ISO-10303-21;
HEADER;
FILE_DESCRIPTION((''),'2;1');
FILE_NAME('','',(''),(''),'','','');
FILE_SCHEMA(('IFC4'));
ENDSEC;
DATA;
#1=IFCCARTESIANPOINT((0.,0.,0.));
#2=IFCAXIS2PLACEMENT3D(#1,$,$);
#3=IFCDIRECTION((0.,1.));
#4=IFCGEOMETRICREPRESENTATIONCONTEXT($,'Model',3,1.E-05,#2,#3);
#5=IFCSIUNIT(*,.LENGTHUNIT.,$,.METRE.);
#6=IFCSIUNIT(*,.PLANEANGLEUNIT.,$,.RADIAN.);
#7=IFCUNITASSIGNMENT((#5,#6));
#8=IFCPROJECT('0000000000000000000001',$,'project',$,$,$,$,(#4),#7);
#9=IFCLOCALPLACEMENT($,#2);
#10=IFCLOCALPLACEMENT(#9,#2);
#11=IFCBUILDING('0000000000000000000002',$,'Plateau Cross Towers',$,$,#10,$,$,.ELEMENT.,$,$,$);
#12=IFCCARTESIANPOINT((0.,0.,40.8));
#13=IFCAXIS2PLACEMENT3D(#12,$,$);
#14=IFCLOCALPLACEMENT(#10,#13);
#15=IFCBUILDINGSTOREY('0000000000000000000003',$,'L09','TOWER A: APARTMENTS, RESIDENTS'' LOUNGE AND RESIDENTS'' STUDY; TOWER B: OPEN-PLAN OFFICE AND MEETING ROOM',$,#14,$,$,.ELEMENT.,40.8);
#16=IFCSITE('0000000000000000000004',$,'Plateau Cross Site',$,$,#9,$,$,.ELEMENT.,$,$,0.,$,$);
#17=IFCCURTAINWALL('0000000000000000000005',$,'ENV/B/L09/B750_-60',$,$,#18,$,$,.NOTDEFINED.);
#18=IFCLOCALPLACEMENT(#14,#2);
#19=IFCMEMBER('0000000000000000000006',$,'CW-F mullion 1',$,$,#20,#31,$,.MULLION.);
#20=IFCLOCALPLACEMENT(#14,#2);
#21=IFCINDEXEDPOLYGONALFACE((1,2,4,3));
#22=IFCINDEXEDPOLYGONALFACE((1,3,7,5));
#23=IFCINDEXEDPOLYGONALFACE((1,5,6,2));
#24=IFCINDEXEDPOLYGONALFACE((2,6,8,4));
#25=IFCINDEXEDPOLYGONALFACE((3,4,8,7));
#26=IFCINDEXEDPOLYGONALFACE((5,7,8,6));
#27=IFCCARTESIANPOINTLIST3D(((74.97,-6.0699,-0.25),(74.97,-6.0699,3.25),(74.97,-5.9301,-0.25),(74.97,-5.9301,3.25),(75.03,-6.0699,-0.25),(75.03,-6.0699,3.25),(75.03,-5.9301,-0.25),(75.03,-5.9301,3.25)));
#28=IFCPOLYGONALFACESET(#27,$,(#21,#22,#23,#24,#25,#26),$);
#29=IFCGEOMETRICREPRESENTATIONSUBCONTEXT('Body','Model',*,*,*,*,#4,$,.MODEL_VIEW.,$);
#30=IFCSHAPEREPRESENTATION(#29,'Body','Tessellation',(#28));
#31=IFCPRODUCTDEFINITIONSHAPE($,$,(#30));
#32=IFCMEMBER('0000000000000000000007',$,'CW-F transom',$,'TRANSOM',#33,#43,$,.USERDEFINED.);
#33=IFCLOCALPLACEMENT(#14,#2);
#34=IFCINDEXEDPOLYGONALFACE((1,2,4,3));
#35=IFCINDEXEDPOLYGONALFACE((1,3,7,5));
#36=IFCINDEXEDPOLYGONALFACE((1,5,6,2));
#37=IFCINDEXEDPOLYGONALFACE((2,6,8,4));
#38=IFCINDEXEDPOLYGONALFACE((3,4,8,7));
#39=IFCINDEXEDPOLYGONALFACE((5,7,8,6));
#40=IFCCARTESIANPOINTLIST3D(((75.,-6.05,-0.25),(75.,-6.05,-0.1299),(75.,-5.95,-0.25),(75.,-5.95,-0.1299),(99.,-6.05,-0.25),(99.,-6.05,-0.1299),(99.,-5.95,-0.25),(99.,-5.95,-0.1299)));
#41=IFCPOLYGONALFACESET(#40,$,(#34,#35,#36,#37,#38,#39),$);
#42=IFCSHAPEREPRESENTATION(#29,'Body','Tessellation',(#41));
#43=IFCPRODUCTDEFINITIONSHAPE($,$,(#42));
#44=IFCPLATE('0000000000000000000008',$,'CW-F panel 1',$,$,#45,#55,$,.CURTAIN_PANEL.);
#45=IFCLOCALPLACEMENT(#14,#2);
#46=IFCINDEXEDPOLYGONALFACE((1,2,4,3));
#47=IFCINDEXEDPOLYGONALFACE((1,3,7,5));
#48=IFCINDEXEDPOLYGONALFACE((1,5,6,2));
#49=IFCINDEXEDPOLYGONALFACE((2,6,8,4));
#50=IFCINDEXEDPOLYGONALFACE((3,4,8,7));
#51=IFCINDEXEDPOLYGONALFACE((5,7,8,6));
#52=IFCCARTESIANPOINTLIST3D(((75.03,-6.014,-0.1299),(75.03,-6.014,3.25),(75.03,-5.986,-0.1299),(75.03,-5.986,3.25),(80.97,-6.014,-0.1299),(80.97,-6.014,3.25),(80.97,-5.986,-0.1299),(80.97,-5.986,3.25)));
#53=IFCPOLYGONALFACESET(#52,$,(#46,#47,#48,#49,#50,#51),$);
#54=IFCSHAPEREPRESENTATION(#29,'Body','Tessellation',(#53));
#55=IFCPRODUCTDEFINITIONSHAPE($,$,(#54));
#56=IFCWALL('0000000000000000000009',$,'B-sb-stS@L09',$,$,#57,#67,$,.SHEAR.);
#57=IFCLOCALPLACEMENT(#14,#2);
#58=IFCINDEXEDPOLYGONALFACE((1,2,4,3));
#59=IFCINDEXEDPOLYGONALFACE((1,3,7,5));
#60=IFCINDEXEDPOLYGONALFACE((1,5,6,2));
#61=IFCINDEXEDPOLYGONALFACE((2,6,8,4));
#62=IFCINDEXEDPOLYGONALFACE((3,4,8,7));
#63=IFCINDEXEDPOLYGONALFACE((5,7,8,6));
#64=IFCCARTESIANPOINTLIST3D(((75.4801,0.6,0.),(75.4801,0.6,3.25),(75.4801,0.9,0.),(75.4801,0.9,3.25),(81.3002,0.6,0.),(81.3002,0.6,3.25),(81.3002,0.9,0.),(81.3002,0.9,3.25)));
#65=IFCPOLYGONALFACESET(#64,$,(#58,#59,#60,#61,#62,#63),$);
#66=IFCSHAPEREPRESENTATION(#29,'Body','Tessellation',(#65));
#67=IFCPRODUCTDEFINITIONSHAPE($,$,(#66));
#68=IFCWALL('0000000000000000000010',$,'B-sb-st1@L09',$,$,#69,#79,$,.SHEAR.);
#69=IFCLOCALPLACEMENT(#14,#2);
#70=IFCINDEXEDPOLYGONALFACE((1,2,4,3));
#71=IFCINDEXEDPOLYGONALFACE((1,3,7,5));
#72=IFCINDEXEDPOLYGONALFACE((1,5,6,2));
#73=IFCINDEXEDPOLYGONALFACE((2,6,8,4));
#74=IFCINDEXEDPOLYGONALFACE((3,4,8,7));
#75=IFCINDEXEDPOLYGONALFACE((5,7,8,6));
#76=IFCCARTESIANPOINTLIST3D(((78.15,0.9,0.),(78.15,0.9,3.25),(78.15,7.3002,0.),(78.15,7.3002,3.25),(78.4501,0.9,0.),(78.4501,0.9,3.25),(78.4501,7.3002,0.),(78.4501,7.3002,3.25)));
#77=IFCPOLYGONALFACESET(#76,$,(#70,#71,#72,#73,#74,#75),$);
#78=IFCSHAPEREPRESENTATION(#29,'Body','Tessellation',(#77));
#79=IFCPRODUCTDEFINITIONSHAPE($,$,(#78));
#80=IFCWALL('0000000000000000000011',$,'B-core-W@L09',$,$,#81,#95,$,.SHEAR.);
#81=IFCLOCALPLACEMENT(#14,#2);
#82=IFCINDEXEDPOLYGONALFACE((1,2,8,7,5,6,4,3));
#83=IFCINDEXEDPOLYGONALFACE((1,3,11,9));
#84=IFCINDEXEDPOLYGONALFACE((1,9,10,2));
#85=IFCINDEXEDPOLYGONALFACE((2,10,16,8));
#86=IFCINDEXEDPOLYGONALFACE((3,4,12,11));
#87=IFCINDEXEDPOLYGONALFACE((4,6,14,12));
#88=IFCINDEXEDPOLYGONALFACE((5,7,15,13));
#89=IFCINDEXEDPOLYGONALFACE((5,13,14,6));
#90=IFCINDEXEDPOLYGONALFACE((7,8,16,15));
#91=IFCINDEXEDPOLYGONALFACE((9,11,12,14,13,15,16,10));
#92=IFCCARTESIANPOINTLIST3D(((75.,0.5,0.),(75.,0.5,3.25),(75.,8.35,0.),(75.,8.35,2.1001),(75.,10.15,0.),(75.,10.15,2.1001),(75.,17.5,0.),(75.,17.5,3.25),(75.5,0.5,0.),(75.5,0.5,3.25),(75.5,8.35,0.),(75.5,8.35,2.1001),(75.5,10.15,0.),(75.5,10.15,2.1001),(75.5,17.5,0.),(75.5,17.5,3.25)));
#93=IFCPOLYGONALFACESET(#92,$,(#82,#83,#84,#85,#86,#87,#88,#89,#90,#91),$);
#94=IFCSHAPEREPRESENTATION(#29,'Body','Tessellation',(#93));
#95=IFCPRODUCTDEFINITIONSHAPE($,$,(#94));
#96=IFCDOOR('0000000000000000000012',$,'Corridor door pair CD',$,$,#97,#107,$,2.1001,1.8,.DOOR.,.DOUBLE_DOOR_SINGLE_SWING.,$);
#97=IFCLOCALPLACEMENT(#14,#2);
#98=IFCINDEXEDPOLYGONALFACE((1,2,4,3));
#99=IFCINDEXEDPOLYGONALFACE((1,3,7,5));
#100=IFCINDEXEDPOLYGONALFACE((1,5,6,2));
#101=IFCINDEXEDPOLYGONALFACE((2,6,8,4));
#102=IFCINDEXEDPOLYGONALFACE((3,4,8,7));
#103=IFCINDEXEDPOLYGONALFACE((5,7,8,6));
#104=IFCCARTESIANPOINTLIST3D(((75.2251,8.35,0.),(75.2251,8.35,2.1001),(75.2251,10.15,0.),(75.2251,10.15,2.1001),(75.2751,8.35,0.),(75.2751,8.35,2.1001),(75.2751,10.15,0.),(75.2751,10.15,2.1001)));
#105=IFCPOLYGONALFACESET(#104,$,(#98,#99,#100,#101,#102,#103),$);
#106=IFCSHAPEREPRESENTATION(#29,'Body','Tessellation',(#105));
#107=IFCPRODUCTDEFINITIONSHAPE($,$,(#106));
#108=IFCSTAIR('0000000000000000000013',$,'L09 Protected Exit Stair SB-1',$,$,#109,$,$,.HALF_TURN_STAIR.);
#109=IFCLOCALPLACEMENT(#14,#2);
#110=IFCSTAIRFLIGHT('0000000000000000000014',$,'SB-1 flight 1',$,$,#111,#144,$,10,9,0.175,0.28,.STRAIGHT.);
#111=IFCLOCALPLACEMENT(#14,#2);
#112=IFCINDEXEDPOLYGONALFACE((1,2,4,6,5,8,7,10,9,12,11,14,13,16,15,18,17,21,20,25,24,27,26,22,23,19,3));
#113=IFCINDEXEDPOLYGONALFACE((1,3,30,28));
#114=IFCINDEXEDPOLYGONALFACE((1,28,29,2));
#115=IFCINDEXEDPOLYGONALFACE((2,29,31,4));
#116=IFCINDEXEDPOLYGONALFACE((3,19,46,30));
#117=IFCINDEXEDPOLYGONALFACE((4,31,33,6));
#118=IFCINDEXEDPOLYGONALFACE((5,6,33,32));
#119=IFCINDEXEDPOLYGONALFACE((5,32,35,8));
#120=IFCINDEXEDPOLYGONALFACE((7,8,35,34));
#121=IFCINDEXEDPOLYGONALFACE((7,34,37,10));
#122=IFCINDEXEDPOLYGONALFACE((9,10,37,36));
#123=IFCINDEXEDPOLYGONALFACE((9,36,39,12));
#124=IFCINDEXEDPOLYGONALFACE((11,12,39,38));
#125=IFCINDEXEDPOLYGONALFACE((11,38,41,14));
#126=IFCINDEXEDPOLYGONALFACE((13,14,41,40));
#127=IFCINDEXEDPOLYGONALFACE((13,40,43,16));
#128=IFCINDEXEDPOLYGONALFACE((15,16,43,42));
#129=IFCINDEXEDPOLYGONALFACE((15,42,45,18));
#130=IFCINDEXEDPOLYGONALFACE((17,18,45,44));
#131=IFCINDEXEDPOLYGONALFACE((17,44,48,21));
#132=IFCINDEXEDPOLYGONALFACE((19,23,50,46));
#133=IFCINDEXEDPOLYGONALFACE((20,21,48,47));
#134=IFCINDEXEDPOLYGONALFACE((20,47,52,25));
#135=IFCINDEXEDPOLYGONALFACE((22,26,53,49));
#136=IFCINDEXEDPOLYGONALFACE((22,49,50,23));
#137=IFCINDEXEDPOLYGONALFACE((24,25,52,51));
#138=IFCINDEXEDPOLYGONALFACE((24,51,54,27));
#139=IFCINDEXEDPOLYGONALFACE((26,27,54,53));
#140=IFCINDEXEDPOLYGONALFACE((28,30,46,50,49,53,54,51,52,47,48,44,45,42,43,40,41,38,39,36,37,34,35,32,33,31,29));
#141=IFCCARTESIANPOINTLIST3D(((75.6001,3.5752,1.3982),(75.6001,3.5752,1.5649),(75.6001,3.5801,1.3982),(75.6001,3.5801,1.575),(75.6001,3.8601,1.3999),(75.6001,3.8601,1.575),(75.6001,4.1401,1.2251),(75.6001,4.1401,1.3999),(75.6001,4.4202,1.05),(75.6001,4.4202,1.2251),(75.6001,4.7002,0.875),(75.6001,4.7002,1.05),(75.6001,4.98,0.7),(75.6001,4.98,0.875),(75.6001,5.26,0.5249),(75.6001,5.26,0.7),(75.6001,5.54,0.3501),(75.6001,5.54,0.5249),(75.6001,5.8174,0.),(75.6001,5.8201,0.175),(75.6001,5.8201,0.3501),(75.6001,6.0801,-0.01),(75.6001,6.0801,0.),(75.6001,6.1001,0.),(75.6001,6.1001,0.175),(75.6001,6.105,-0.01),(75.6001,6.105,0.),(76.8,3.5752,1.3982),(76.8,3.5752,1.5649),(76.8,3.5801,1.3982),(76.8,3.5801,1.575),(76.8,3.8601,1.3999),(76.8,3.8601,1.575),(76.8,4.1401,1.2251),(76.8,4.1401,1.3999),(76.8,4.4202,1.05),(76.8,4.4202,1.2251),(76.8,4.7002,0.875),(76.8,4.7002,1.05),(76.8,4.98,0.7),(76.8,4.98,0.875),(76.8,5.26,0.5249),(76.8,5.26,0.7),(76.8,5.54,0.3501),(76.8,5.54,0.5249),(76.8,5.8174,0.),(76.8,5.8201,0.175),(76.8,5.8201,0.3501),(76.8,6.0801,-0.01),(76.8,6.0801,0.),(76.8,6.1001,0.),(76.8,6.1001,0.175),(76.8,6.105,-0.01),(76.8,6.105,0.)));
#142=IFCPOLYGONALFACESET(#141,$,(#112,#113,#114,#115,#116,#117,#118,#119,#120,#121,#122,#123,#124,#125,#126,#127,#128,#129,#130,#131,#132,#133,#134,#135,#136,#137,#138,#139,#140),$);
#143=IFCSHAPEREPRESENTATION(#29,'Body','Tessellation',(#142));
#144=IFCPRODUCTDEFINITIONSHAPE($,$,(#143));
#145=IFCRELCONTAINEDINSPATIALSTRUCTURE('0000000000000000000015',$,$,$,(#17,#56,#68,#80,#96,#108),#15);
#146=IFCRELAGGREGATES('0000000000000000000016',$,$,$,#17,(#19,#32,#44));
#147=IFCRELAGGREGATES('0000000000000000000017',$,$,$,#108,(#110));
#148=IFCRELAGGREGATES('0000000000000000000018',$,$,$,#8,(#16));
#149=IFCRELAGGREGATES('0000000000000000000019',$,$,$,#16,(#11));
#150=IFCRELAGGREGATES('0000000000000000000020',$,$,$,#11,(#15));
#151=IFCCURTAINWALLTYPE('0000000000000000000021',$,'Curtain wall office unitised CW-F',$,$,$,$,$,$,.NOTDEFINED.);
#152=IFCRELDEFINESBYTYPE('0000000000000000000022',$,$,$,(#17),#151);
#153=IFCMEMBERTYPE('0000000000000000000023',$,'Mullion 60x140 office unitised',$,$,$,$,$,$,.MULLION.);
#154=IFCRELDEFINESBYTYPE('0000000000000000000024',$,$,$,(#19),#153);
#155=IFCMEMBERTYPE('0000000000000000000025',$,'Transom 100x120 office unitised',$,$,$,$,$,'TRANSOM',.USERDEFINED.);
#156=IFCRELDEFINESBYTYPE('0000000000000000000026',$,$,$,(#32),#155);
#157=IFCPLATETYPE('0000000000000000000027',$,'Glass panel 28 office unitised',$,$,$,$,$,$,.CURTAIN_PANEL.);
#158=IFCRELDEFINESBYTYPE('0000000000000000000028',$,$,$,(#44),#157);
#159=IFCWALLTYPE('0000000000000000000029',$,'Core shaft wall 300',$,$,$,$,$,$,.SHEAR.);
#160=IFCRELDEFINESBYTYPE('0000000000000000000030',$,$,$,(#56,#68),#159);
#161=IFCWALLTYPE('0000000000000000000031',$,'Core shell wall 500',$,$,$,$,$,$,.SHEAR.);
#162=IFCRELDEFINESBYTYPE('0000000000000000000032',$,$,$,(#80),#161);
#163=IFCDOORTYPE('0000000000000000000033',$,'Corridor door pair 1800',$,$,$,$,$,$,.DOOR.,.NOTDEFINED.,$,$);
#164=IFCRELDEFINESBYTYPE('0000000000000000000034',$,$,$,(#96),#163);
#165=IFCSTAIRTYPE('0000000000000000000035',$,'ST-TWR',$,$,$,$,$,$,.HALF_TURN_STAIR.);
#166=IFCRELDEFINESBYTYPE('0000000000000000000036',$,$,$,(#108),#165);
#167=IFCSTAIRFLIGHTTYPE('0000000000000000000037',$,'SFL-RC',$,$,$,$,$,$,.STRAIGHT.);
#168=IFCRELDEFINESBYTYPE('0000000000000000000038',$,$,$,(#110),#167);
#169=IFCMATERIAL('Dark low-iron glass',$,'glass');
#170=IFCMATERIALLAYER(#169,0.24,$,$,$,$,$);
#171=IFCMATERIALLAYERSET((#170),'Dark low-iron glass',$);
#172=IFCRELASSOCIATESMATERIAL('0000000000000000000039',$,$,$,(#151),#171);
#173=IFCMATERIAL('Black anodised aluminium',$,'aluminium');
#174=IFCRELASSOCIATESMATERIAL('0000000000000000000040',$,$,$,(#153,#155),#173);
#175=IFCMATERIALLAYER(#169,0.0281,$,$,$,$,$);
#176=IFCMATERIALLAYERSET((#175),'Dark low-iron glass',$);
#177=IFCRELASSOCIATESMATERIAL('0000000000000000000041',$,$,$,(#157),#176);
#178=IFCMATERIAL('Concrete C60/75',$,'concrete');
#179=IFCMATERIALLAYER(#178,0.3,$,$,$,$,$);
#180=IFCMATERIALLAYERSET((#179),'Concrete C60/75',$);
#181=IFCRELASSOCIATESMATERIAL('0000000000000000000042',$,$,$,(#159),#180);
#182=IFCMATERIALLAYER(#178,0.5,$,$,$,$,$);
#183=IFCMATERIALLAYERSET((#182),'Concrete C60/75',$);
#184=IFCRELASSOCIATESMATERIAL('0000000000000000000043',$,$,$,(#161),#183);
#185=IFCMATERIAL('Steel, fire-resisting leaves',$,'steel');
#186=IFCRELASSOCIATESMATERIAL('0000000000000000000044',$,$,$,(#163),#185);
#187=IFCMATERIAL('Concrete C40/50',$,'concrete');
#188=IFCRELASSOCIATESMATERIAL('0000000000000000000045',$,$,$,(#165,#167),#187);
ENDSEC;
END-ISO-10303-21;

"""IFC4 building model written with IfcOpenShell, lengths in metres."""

from ifc_helpers import new_model, si_unit, direction, frame, frame_2d, origin, origin_2d, place, context, subcontext, project, spatial, polyline, rectangle, outline, extrude, material, layer, layer_set, material_profile, profile_set, type_object, element, fill, aggregate, save


model = new_model("IFC4")

# Units and contexts
model_context = context("Model", 3, precision=1e-05, world=origin(), true_north=direction((0.0, 1.0)))
body_context = subcontext(model_context, "Body", "Model", "MODEL_VIEW")
ifc_project = project(units=[si_unit("LENGTHUNIT", "METRE"), si_unit("PLANEANGLEUNIT", "RADIAN")], contexts=[model_context])

# Site, building, storey
site_placement = place(None, origin())
site = spatial("IfcSite", under=ifc_project, at=site_placement, Name="Plateau Cross Site", CompositionType="ELEMENT", RefElevation=0.0)
building_placement = place(site_placement, origin())
building = spatial("IfcBuilding", under=site, at=building_placement, Name="Plateau Cross Towers", CompositionType="ELEMENT")
storey_placement = place(building_placement, frame((0.0, 0.0, 40.8)))
storey = spatial("IfcBuildingStorey", under=building, at=storey_placement, Name="L09", Description="TOWER A: APARTMENTS, RESIDENTS' LOUNGE AND RESIDENTS' STUDY; TOWER B: OPEN-PLAN OFFICE AND MEETING ROOM", CompositionType="ELEMENT", Elevation=40.8)

# Curtain wall, members, plate
ifc_material_1 = material(Name="Dark low-iron glass", Category="glass")
ifc_layer_1 = layer(ifc_material_1, 0.24)
ifc_layer_set_1 = layer_set([ifc_layer_1], Name="Dark low-iron glass")
curtain_wall_type = type_object("IfcCurtainWallType", Name="Curtain wall office unitised CW-F", PredefinedType="NOTDEFINED", material=ifc_layer_set_1)
curtain_wall_placement = place(storey_placement, origin())
curtain_wall = element("IfcCurtainWall", 1, at=curtain_wall_placement, inside=storey, type_object=curtain_wall_type, Name="ENV/B/L09/B750_-60", PredefinedType="NOTDEFINED")
ifc_material_2 = material(Name="Black anodised aluminium", Category="aluminium")
ifc_material_profile_1 = material_profile(ifc_material_2, rectangle(XDim=0.0601, YDim=0.1399, at=origin_2d()), Name="MULLION 60x140")
ifc_profile_set_1 = profile_set([ifc_material_profile_1], Name="Black anodised aluminium")
member_type_1 = type_object("IfcMemberType", Name="Mullion 60x140 office unitised", PredefinedType="MULLION", material=ifc_profile_set_1)
member_1_placement = place(storey_placement, frame((75.0, -6.0, -0.25), z_axis=(0.0, 0.0, 1.0), x_axis=(1.0, 0.0, 0.0)))
member_1 = element("IfcMember", 2, at=member_1_placement, type_object=member_type_1, Name="CW-F mullion 1", PredefinedType="MULLION", context=body_context, shape_type="SweptSolid", body=[
    extrude(rectangle(XDim=0.0601, YDim=0.1399, at=origin_2d()), origin(), (0.0, 0.0, 1.0), 3.5),
])
ifc_material_profile_2 = material_profile(ifc_material_2, rectangle(XDim=0.1001, YDim=0.1201, at=origin_2d()), Name="TRANSOM 100x120")
ifc_profile_set_2 = profile_set([ifc_material_profile_2], Name="Black anodised aluminium")
member_type_2 = type_object("IfcMemberType", Name="Transom 100x120 office unitised", ElementType="TRANSOM", PredefinedType="USERDEFINED", material=ifc_profile_set_2)
member_2_placement = place(storey_placement, frame((75.0, -6.0, -0.1899), z_axis=(1.0, 0.0, 0.0), x_axis=(0.0, 1.0, 0.0)))
member_2 = element("IfcMember", 3, at=member_2_placement, type_object=member_type_2, Name="CW-F transom", ObjectType="TRANSOM", PredefinedType="USERDEFINED", context=body_context, shape_type="SweptSolid", body=[
    extrude(rectangle(XDim=0.1001, YDim=0.1201, at=origin_2d()), origin(), (0.0, 0.0, 1.0), 24.0),
])
ifc_layer_2 = layer(ifc_material_1, 0.0281)
ifc_layer_set_2 = layer_set([ifc_layer_2], Name="Dark low-iron glass")
plate_type = type_object("IfcPlateType", Name="Glass panel 28 office unitised", PredefinedType="CURTAIN_PANEL", material=ifc_layer_set_2)
plate_placement = place(storey_placement, frame((78.0, -6.0, -0.1299), z_axis=(0.0, 0.0, 1.0), x_axis=(1.0, 0.0, 0.0)))
plate = element("IfcPlate", 4, at=plate_placement, type_object=plate_type, Name="CW-F panel 1", PredefinedType="CURTAIN_PANEL", context=body_context, shape_type="SweptSolid", body=[
    extrude(rectangle(XDim=5.9399, YDim=0.0281, at=origin_2d()), origin(), (0.0, 0.0, 1.0), 3.3799),
])
aggregate(curtain_wall, [member_1, member_2, plate])

# Walls
ifc_material_3 = material(Name="Concrete C60/75", Category="concrete")
ifc_layer_3 = layer(ifc_material_3, 0.3)
ifc_layer_set_3 = layer_set([ifc_layer_3], Name="Concrete C60/75")
wall_type_1 = type_object("IfcWallType", Name="Core shaft wall 300", PredefinedType="SHEAR", material=ifc_layer_set_3)
wall_1_placement = place(storey_placement, frame((75.48, 0.75, 0.0), z_axis=(0.0, 0.0, 1.0), x_axis=(1.0, 0.0, 0.0)))
element("IfcWall", 5, at=wall_1_placement, inside=storey, type_object=wall_type_1, Name="B-sb-stS@L09", PredefinedType="SHEAR", context=body_context, shape_type="SweptSolid", body=[
    extrude(rectangle(XDim=5.8201, YDim=0.3, at=frame_2d((2.9102, 0.0))), origin(), (0.0, 0.0, 1.0), 3.25),
])
wall_2_placement = place(storey_placement, frame((78.3, 0.8999, 0.0), z_axis=(0.0, 0.0, 1.0), x_axis=(0.0, 1.0, 0.0)))
element("IfcWall", 6, at=wall_2_placement, inside=storey, type_object=wall_type_1, Name="B-sb-st1@L09", PredefinedType="SHEAR", context=body_context, shape_type="SweptSolid", body=[
    extrude(rectangle(XDim=6.4001, YDim=0.3, at=frame_2d((3.2002, 0.0))), origin(), (0.0, 0.0, 1.0), 3.25),
])

# Wall, opening, door
ifc_layer_4 = layer(ifc_material_3, 0.5)
ifc_layer_set_4 = layer_set([ifc_layer_4], Name="Concrete C60/75")
wall_type_2 = type_object("IfcWallType", Name="Core shell wall 500", PredefinedType="SHEAR", material=ifc_layer_set_4)
wall_3_placement = place(storey_placement, frame((75.25, 0.5, 0.0), z_axis=(0.0, 0.0, 1.0), x_axis=(0.0, 1.0, 0.0)))
wall_3 = element("IfcWall", 7, at=wall_3_placement, inside=storey, type_object=wall_type_2, Name="B-core-W@L09", PredefinedType="SHEAR", context=body_context, shape_type="SweptSolid", body=[
    extrude(rectangle(XDim=17.0, YDim=0.5, at=frame_2d((8.5, 0.0))), origin(), (0.0, 0.0, 1.0), 3.25),
])
opening_1_placement = place(wall_3_placement, frame((7.8501, 0.0, 0.0)))
opening_1 = element("IfcOpeningElement", 8, at=opening_1_placement, cuts=wall_3, PredefinedType="OPENING", context=body_context, shape_type="SweptSolid", body=[
    extrude(rectangle(XDim=1.8, YDim=2.1001, at=frame_2d((0.8999, 1.05))), frame((0.0, 0.26, 0.0), z_axis=(0.0, -1.0, 0.0), x_axis=(1.0, 0.0, 0.0)), (0.0, 0.0, 1.0), 0.52),
])
ifc_material_4 = material(Name="Steel, fire-resisting leaves", Category="steel")
door_type_1 = type_object("IfcDoorType", Name="Corridor door pair 1800", OperationType="NOTDEFINED", PredefinedType="DOOR", material=ifc_material_4)
door_1_placement = place(opening_1_placement, origin())
door_1 = element("IfcDoor", 9, at=door_1_placement, inside=storey, type_object=door_type_1, Name="Corridor door pair CD", OperationType="DOUBLE_DOOR_SINGLE_SWING", OverallHeight=2.1001, OverallWidth=1.8, PredefinedType="DOOR", context=body_context, shape_type="SweptSolid", body=[
    extrude(rectangle(XDim=1.8, YDim=2.1001, at=frame_2d((0.8999, 1.05))), frame((0.0, 0.0249, 0.0), z_axis=(0.0, -1.0, 0.0), x_axis=(1.0, 0.0, 0.0)), (0.0, 0.0, 1.0), 0.05),
])
fill(opening_1, door_1)

# Stair, stair flight
ifc_material_5 = material(Name="Concrete C40/50", Category="concrete")
stair_type = type_object("IfcStairType", Name="ST-TWR", PredefinedType="HALF_TURN_STAIR", material=ifc_material_5)
stair_placement = place(storey_placement, origin())
stair = element("IfcStair", 10, at=stair_placement, inside=storey, type_object=stair_type, Name="L09 Protected Exit Stair SB-1", PredefinedType="HALF_TURN_STAIR")
stair_flight_type = type_object("IfcStairFlightType", Name="SFL-RC", PredefinedType="STRAIGHT", material=ifc_material_5)
stair_flight_1_placement = place(storey_placement, frame((76.2, 6.1001, 0.0), z_axis=(0.0, 0.0, 1.0), x_axis=(0.0, -1.0, 0.0)))
stair_flight_1 = element("IfcStairFlight", 11, at=stair_flight_1_placement, type_object=stair_flight_type, Name="SB-1 flight 1", NumberOfRisers=10, NumberOfTreads=9, PredefinedType="STRAIGHT", RiserHeight=0.175, TreadLength=0.28, context=body_context, shape_type="SweptSolid", body=[
    extrude(outline(polyline([(-0.0049, -0.01), (-0.0049, 0.0), (0.0, 0.0), (0.0, 0.175), (0.28, 0.175), (0.28, 0.3501), (0.5601, 0.3501), (0.5601, 0.5249), (0.8401, 0.5249), (0.8401, 0.7), (1.1201, 0.7), (1.1201, 0.875), (1.3999, 0.875), (1.3999, 1.05), (1.6799, 1.05), (1.6799, 1.2251), (1.96, 1.2251), (1.96, 1.3999), (2.24, 1.3999), (2.24, 1.575), (2.52, 1.575), (2.5249, 1.5649), (2.5249, 1.3982), (2.52, 1.3982), (0.2827, 0.0), (0.02, 0.0), (0.02, -0.01), (-0.0049, -0.01)])), frame((0.0, 0.6001, 0.0), z_axis=(0.0, -1.0, 0.0), x_axis=(1.0, 0.0, 0.0)), (0.0, 0.0, 1.0), 1.2),
])
aggregate(stair, [stair_flight_1])

save(model, "model.ifc")
